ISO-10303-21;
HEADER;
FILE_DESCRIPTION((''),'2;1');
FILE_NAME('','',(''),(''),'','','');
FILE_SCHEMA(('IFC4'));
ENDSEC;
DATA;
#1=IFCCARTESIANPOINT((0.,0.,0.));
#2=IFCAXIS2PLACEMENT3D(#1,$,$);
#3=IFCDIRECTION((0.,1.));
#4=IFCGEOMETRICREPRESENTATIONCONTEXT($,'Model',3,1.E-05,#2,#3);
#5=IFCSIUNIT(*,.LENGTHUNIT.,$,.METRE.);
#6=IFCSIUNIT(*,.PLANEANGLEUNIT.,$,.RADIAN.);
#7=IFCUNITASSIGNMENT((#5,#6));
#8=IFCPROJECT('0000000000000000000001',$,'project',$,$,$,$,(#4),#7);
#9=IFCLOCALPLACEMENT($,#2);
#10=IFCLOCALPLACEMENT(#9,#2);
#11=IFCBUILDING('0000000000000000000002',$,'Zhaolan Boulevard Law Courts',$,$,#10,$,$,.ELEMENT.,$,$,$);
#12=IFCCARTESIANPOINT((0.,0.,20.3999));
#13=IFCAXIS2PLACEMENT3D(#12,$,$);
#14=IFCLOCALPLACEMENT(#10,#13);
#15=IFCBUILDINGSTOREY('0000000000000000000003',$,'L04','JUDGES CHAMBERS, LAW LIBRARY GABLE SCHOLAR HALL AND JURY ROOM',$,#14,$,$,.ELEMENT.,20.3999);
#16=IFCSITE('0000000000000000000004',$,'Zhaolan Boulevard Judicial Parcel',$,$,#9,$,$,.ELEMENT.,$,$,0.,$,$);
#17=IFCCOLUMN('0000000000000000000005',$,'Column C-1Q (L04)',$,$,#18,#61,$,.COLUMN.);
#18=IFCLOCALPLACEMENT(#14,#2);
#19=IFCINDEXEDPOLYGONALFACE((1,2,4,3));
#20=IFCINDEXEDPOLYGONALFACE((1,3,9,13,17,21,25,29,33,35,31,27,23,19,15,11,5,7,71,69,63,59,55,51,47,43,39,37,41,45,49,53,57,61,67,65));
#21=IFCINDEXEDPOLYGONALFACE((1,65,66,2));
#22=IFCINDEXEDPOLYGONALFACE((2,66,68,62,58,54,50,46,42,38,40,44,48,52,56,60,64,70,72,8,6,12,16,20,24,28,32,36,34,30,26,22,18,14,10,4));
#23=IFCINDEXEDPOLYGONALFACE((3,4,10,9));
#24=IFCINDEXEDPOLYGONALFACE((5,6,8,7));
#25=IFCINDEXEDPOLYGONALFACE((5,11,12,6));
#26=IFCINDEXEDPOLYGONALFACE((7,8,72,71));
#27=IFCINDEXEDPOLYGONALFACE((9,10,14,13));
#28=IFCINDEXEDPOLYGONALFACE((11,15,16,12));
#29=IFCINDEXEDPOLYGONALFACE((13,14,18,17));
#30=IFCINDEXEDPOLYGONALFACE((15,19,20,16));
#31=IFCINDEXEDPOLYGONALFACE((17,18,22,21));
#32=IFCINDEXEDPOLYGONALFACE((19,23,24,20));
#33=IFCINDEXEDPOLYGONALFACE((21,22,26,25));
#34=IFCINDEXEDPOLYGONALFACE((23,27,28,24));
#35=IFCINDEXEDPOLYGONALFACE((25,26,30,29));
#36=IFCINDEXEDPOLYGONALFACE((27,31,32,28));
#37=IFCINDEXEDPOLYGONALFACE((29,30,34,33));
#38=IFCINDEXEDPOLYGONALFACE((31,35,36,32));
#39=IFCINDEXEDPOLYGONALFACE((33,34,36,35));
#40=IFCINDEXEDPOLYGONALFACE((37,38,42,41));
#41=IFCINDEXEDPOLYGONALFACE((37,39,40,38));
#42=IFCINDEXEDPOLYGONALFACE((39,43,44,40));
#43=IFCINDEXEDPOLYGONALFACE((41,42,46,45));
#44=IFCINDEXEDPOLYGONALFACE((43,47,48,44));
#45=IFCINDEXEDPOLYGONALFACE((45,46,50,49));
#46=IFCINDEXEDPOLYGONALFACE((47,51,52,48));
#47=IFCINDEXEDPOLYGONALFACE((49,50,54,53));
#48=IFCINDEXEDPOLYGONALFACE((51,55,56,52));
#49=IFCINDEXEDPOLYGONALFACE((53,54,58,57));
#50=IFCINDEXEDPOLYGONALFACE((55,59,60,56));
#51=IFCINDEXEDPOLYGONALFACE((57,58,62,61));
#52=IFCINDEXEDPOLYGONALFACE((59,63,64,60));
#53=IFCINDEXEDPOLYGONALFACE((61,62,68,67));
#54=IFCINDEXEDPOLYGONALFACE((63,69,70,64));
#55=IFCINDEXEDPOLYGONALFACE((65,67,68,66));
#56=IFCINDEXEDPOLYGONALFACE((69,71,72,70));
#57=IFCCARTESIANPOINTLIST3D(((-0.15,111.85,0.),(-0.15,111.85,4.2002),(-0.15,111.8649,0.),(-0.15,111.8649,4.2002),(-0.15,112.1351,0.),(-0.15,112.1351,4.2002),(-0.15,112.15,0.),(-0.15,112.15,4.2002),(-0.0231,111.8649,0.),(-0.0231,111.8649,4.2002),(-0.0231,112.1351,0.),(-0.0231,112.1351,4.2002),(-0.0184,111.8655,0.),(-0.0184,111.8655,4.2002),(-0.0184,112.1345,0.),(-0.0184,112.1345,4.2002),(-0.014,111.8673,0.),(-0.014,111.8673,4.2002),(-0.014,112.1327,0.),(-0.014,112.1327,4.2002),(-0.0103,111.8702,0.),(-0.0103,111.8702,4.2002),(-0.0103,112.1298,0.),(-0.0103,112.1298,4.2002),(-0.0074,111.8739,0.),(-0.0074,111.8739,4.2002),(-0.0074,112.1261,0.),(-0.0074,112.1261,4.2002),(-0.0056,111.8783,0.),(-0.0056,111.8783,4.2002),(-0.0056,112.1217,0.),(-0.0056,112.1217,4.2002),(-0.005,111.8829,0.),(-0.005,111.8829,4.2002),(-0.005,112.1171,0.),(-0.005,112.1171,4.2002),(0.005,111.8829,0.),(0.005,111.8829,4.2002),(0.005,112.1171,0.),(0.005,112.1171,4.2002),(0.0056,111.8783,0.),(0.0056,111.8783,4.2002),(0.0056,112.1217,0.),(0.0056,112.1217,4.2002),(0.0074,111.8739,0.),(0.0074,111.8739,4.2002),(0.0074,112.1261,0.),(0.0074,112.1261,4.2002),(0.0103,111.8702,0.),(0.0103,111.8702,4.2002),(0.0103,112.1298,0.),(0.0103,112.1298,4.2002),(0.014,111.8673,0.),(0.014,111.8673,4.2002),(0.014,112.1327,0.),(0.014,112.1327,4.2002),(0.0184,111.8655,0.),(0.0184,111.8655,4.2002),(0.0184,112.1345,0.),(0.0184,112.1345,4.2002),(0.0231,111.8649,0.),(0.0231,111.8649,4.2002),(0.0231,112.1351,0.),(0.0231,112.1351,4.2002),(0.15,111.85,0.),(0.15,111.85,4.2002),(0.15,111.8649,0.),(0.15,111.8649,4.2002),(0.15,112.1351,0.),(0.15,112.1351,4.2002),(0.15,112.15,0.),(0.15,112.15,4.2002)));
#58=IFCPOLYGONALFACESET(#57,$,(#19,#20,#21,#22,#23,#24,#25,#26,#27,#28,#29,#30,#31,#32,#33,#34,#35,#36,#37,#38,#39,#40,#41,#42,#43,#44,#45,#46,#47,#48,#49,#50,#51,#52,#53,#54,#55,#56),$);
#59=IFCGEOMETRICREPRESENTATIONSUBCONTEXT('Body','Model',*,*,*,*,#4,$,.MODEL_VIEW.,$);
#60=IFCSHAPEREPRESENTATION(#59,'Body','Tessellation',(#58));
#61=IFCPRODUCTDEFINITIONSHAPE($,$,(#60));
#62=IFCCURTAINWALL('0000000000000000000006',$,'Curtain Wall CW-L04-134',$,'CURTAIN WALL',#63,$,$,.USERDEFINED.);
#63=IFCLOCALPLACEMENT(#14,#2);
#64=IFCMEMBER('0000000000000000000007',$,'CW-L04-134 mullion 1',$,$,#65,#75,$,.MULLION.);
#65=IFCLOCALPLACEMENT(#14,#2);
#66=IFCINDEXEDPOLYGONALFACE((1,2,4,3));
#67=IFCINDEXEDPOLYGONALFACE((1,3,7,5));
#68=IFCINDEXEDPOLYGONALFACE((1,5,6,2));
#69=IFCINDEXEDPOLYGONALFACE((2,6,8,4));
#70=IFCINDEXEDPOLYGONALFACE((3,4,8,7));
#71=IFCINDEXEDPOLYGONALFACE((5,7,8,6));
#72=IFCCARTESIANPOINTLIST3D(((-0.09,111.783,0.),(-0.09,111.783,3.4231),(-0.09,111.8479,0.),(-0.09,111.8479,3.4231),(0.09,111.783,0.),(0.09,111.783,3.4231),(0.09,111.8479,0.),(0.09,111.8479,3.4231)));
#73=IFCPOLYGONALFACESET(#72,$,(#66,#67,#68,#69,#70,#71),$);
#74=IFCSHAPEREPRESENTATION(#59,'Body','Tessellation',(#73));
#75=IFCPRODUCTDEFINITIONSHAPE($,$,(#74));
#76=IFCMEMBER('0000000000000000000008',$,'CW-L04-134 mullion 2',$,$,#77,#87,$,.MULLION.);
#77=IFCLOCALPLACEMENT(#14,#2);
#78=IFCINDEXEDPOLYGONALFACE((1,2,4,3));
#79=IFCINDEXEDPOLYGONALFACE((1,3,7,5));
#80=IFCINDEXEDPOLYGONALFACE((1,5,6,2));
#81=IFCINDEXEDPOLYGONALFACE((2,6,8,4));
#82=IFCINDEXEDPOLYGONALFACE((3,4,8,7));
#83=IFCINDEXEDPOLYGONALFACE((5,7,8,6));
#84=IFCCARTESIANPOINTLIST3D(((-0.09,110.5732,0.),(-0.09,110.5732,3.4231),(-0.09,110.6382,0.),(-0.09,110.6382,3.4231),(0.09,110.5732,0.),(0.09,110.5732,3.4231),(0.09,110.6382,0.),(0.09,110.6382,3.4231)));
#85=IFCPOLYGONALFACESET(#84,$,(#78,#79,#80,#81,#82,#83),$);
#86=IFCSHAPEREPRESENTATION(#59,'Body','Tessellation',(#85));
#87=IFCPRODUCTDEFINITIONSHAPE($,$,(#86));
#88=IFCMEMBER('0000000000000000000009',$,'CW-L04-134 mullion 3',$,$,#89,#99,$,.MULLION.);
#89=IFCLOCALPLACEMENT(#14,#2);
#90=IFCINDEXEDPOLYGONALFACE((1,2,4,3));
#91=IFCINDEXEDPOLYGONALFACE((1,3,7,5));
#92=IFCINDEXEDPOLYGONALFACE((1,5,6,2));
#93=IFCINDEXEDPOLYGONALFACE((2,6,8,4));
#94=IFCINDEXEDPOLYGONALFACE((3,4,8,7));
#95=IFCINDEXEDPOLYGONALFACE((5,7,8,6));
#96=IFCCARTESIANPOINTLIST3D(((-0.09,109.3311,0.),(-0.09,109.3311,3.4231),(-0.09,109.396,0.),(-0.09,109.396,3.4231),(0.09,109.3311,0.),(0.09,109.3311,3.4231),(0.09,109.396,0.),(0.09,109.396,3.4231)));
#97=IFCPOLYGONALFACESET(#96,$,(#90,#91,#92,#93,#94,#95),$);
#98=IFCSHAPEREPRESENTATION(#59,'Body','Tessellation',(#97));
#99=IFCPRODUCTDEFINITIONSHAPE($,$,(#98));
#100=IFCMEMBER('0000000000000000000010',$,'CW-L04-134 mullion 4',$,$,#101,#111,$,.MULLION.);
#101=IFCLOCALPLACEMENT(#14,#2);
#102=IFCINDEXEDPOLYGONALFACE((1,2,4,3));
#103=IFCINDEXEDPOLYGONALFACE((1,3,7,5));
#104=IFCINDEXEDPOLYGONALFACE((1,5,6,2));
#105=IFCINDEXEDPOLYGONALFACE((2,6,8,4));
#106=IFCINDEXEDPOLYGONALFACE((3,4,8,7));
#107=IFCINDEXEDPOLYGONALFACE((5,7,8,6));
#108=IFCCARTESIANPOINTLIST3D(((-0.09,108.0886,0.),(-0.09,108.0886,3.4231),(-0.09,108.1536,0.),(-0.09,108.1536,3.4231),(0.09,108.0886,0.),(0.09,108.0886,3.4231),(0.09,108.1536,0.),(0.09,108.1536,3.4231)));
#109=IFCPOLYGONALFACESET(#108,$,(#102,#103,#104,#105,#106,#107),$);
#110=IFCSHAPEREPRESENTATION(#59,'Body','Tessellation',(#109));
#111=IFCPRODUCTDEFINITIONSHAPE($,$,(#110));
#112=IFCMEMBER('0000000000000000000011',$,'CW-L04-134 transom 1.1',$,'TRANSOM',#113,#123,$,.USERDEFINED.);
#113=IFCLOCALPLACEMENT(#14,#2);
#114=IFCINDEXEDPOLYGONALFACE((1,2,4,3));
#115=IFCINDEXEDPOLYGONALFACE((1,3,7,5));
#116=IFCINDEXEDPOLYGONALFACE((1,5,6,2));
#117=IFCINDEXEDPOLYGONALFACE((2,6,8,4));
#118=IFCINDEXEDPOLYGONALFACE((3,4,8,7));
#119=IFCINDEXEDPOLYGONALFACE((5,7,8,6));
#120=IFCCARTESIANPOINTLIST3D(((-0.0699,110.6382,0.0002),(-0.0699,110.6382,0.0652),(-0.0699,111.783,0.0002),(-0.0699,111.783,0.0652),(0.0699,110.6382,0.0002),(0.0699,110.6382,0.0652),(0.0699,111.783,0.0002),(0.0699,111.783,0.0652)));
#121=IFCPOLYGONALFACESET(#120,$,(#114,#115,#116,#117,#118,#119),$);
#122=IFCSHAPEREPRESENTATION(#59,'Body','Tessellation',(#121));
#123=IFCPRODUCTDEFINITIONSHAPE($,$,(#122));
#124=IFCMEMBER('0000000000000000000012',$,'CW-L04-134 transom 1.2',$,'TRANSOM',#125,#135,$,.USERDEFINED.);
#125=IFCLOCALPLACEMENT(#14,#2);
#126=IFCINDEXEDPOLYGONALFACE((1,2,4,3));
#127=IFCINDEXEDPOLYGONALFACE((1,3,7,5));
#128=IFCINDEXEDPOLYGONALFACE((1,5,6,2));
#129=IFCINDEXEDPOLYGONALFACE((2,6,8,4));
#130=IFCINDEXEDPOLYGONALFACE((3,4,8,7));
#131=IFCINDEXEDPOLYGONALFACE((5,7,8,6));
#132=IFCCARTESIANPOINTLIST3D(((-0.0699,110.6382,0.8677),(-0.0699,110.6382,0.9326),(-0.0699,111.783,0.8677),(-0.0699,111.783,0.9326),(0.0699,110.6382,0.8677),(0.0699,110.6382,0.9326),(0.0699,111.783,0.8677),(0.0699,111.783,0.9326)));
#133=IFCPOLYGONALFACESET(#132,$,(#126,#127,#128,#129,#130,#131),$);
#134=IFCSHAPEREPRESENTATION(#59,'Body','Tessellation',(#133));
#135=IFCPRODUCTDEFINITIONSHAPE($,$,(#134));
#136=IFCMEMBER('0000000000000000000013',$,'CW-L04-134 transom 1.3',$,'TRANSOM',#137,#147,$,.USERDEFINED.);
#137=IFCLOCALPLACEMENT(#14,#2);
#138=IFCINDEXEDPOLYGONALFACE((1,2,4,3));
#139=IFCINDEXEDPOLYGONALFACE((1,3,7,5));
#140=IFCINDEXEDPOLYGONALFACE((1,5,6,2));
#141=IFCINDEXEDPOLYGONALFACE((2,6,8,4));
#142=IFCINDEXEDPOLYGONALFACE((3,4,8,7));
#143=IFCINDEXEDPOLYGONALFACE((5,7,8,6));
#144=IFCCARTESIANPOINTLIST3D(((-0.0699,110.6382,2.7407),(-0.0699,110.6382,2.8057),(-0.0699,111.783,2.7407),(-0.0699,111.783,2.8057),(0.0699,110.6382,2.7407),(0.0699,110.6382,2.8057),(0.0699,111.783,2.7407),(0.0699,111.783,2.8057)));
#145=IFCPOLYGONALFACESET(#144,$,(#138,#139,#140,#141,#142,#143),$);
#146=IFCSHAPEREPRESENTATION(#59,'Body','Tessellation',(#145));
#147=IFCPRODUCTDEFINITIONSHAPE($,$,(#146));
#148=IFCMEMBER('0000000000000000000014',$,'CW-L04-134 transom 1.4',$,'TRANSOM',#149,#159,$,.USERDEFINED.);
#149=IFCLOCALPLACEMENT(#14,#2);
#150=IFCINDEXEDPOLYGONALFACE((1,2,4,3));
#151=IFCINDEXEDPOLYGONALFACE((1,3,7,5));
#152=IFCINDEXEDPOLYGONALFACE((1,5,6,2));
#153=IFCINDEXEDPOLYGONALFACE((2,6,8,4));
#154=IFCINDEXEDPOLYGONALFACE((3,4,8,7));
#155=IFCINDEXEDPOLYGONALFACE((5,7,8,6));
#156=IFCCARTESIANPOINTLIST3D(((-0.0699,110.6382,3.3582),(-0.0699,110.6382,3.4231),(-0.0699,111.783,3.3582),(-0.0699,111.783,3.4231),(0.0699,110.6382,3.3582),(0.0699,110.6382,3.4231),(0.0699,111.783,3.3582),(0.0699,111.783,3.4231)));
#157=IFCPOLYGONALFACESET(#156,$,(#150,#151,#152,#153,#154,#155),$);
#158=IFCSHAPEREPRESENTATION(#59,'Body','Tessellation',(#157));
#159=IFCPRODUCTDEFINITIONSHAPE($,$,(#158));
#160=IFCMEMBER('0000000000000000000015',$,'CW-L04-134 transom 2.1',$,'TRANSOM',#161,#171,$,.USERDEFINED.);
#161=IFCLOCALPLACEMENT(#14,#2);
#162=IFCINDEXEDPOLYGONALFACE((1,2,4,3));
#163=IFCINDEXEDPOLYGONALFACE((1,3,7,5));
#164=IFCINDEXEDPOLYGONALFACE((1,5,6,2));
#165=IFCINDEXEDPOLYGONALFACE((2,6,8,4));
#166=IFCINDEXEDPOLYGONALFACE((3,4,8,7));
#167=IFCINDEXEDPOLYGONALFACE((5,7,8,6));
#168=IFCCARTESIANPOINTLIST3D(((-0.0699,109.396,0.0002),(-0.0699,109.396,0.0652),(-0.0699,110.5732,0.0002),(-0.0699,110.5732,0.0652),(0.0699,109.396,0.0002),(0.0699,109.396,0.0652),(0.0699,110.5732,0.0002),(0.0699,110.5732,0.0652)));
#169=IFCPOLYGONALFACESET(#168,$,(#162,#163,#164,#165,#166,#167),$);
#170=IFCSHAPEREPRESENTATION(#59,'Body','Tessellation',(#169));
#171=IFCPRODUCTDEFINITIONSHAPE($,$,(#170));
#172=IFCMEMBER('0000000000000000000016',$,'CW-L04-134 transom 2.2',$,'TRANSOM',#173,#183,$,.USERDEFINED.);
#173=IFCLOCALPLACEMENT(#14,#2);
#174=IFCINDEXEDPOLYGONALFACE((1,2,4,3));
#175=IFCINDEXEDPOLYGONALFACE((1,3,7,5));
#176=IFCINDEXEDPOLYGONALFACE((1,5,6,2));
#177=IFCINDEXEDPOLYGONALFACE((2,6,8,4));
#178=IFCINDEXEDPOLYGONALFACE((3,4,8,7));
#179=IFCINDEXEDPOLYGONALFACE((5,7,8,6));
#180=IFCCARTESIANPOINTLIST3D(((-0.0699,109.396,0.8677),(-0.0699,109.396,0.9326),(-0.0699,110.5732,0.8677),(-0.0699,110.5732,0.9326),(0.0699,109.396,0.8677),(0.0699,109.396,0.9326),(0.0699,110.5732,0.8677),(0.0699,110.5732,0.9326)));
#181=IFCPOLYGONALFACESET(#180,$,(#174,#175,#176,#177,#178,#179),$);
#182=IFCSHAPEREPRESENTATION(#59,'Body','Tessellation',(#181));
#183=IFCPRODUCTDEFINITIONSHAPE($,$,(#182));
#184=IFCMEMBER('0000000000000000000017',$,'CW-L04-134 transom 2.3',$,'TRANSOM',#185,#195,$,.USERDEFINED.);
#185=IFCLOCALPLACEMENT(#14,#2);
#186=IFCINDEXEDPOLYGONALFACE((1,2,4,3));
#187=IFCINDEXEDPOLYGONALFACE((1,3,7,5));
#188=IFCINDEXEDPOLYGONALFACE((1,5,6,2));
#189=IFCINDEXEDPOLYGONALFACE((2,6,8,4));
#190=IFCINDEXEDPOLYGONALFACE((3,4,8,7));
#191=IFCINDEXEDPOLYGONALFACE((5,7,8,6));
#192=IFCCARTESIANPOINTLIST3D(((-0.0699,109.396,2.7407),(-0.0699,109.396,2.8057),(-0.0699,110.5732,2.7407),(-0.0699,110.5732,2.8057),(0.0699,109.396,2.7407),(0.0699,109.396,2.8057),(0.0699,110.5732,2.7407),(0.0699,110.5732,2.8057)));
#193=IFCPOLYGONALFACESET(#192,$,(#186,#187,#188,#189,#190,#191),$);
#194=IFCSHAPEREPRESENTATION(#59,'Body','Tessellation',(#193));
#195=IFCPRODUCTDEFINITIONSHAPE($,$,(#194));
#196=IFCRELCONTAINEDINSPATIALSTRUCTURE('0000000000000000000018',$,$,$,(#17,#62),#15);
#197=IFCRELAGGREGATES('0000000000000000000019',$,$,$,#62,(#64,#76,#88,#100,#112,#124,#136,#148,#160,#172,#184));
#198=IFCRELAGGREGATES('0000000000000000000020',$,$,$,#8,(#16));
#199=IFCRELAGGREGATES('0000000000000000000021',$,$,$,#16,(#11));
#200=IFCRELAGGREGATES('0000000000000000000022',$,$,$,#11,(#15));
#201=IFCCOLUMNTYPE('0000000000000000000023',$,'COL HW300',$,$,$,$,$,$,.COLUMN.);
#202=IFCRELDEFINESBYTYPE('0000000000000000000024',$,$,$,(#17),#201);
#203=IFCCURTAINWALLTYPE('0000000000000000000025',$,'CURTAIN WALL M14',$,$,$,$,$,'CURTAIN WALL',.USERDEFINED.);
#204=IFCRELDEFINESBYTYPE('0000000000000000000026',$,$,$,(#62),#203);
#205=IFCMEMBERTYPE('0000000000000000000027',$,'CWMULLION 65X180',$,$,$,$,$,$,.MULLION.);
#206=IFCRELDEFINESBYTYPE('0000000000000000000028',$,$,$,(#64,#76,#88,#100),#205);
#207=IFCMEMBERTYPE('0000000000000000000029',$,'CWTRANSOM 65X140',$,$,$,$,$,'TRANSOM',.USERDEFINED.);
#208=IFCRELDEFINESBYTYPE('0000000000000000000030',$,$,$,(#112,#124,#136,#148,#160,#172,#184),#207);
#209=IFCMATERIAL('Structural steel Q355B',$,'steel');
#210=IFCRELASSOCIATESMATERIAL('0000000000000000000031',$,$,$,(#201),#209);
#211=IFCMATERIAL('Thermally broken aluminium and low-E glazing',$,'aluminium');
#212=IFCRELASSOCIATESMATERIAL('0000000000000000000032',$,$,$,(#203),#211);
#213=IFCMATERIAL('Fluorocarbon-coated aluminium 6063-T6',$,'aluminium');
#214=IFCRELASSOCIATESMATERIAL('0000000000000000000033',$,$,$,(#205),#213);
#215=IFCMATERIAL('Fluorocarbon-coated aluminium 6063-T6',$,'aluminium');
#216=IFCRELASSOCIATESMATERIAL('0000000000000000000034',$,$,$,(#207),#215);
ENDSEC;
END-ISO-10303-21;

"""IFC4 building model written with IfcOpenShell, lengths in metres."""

from ifc_helpers import new_model, si_unit, direction, frame, origin, origin_2d, place, context, subcontext, project, spatial, rectangle, i_section, extrude, material, material_profile, profile_set, type_object, element, aggregate, save


model = new_model("IFC4")

# Units and contexts
model_context = context("Model", 3, precision=1e-05, world=origin(), true_north=direction((0.0, 1.0)))
body_context = subcontext(model_context, "Body", "Model", "MODEL_VIEW")
ifc_project = project(units=[si_unit("LENGTHUNIT", "METRE"), si_unit("PLANEANGLEUNIT", "RADIAN")], contexts=[model_context])

# Site, building, storey
site_placement = place(None, origin())
site = spatial("IfcSite", under=ifc_project, at=site_placement, Name="Zhaolan Boulevard Judicial Parcel", CompositionType="ELEMENT", RefElevation=0.0)
building_placement = place(site_placement, origin())
building = spatial("IfcBuilding", under=site, at=building_placement, Name="Zhaolan Boulevard Law Courts", CompositionType="ELEMENT")
storey_placement = place(building_placement, frame((0.0, 0.0, 20.3999)))
storey = spatial("IfcBuildingStorey", under=building, at=storey_placement, Name="L04", Description="JUDGES CHAMBERS, LAW LIBRARY GABLE SCHOLAR HALL AND JURY ROOM", CompositionType="ELEMENT", Elevation=20.3999)

# Column
ifc_material_1 = material(Name="Structural steel Q355B", Category="steel")
ifc_material_profile_1 = material_profile(ifc_material_1, i_section(OverallWidth=0.3, OverallDepth=0.3, WebThickness=0.01, FlangeThickness=0.0149, FilletRadius=0.0181, at=origin_2d()), Name="HW300x300")
ifc_profile_set_1 = profile_set([ifc_material_profile_1], Name="Structural steel Q355B")
column_type = type_object("IfcColumnType", Name="COL HW300", PredefinedType="COLUMN", material=ifc_profile_set_1)
column_placement = place(storey_placement, frame((0.0, 112.0, 0.0), z_axis=(0.0, 0.0, 1.0), x_axis=(1.0, 0.0, 0.0)))
element("IfcColumn", 1, at=column_placement, inside=storey, type_object=column_type, Name="Column C-1Q (L04)", PredefinedType="COLUMN", context=body_context, shape_type="SweptSolid", body=[
    extrude(i_section(OverallWidth=0.3, OverallDepth=0.3, WebThickness=0.01, FlangeThickness=0.0149, FilletRadius=0.0181, at=origin_2d()), origin(), (0.0, 0.0, 1.0), 4.2002),
])

# Curtain wall, members
ifc_material_2 = material(Name="Thermally broken aluminium and low-E glazing", Category="aluminium")
curtain_wall_type = type_object("IfcCurtainWallType", Name="CURTAIN WALL M14", ElementType="CURTAIN WALL", PredefinedType="USERDEFINED", material=ifc_material_2)
curtain_wall_placement = place(storey_placement, origin())
curtain_wall = element("IfcCurtainWall", 2, at=curtain_wall_placement, inside=storey, type_object=curtain_wall_type, Name="Curtain Wall CW-L04-134", ObjectType="CURTAIN WALL", PredefinedType="USERDEFINED")
ifc_material_3 = material(Name="Fluorocarbon-coated aluminium 6063-T6", Category="aluminium")
ifc_material_profile_2 = material_profile(ifc_material_3, rectangle(XDim=0.1799, YDim=0.0649, at=origin_2d()), Name="AL65x180")
ifc_profile_set_2 = profile_set([ifc_material_profile_2], Name="Fluorocarbon-coated aluminium 6063-T6")
member_type_1 = type_object("IfcMemberType", Name="CWMULLION 65X180", PredefinedType="MULLION", material=ifc_profile_set_2)
member_1_placement = place(storey_placement, frame((0.0, 111.8154, 0.0), z_axis=(0.0, 0.0, 1.0), x_axis=(1.0, 0.0, 0.0)))
member_1 = element("IfcMember", 3, at=member_1_placement, type_object=member_type_1, Name="CW-L04-134 mullion 1", PredefinedType="MULLION", context=body_context, shape_type="SweptSolid", body=[
    extrude(rectangle(XDim=0.1799, YDim=0.0649, at=origin_2d()), origin(), (0.0, 0.0, 1.0), 3.4231),
])
member_2_placement = place(storey_placement, frame((0.0, 110.6057, 0.0), z_axis=(0.0, 0.0, 1.0), x_axis=(1.0, 0.0, 0.0)))
member_2 = element("IfcMember", 4, at=member_2_placement, type_object=member_type_1, Name="CW-L04-134 mullion 2", PredefinedType="MULLION", context=body_context, shape_type="SweptSolid", body=[
    extrude(rectangle(XDim=0.1799, YDim=0.0649, at=origin_2d()), origin(), (0.0, 0.0, 1.0), 3.4231),
])
member_3_placement = place(storey_placement, frame((0.0, 109.3635, 0.0), z_axis=(0.0, 0.0, 1.0), x_axis=(1.0, 0.0, 0.0)))
member_3 = element("IfcMember", 5, at=member_3_placement, type_object=member_type_1, Name="CW-L04-134 mullion 3", PredefinedType="MULLION", context=body_context, shape_type="SweptSolid", body=[
    extrude(rectangle(XDim=0.1799, YDim=0.0649, at=origin_2d()), origin(), (0.0, 0.0, 1.0), 3.4231),
])
member_4_placement = place(storey_placement, frame((0.0, 108.1211, 0.0), z_axis=(0.0, 0.0, 1.0), x_axis=(1.0, 0.0, 0.0)))
member_4 = element("IfcMember", 6, at=member_4_placement, type_object=member_type_1, Name="CW-L04-134 mullion 4", PredefinedType="MULLION", context=body_context, shape_type="SweptSolid", body=[
    extrude(rectangle(XDim=0.1799, YDim=0.0649, at=origin_2d()), origin(), (0.0, 0.0, 1.0), 3.4231),
])
ifc_material_4 = material(Name="Fluorocarbon-coated aluminium 6063-T6", Category="aluminium")
ifc_material_profile_3 = material_profile(ifc_material_4, rectangle(XDim=0.1399, YDim=0.0649, at=origin_2d()), Name="AL65x140")
ifc_profile_set_3 = profile_set([ifc_material_profile_3], Name="Fluorocarbon-coated aluminium 6063-T6")
member_type_2 = type_object("IfcMemberType", Name="CWTRANSOM 65X140", ElementType="TRANSOM", PredefinedType="USERDEFINED", material=ifc_profile_set_3)
member_5_placement = place(storey_placement, frame((0.0, 111.783, 0.0327), z_axis=(0.0, -1.0, 0.0), x_axis=(1.0, 0.0, 0.0)))
member_5 = element("IfcMember", 7, at=member_5_placement, type_object=member_type_2, Name="CW-L04-134 transom 1.1", ObjectType="TRANSOM", PredefinedType="USERDEFINED", context=body_context, shape_type="SweptSolid", body=[
    extrude(rectangle(XDim=0.1399, YDim=0.0649, at=origin_2d()), origin(), (0.0, 0.0, 1.0), 1.1448),
])
member_6_placement = place(storey_placement, frame((0.0, 111.783, 0.9001), z_axis=(0.0, -1.0, 0.0), x_axis=(1.0, 0.0, 0.0)))
member_6 = element("IfcMember", 8, at=member_6_placement, type_object=member_type_2, Name="CW-L04-134 transom 1.2", ObjectType="TRANSOM", PredefinedType="USERDEFINED", context=body_context, shape_type="SweptSolid", body=[
    extrude(rectangle(XDim=0.1399, YDim=0.0649, at=origin_2d()), origin(), (0.0, 0.0, 1.0), 1.1448),
])
member_7_placement = place(storey_placement, frame((0.0, 111.783, 2.7732), z_axis=(0.0, -1.0, 0.0), x_axis=(1.0, 0.0, 0.0)))
member_7 = element("IfcMember", 9, at=member_7_placement, type_object=member_type_2, Name="CW-L04-134 transom 1.3", ObjectType="TRANSOM", PredefinedType="USERDEFINED", context=body_context, shape_type="SweptSolid", body=[
    extrude(rectangle(XDim=0.1399, YDim=0.0649, at=origin_2d()), origin(), (0.0, 0.0, 1.0), 1.1448),
])
member_8_placement = place(storey_placement, frame((0.0, 111.783, 3.3906), z_axis=(0.0, -1.0, 0.0), x_axis=(1.0, 0.0, 0.0)))
member_8 = element("IfcMember", 10, at=member_8_placement, type_object=member_type_2, Name="CW-L04-134 transom 1.4", ObjectType="TRANSOM", PredefinedType="USERDEFINED", context=body_context, shape_type="SweptSolid", body=[
    extrude(rectangle(XDim=0.1399, YDim=0.0649, at=origin_2d()), origin(), (0.0, 0.0, 1.0), 1.1448),
])
member_9_placement = place(storey_placement, frame((0.0, 110.5732, 0.0327), z_axis=(0.0, -1.0, 0.0), x_axis=(1.0, 0.0, 0.0)))
member_9 = element("IfcMember", 11, at=member_9_placement, type_object=member_type_2, Name="CW-L04-134 transom 2.1", ObjectType="TRANSOM", PredefinedType="USERDEFINED", context=body_context, shape_type="SweptSolid", body=[
    extrude(rectangle(XDim=0.1399, YDim=0.0649, at=origin_2d()), origin(), (0.0, 0.0, 1.0), 1.1772),
])
member_10_placement = place(storey_placement, frame((0.0, 110.5732, 0.9001), z_axis=(0.0, -1.0, 0.0), x_axis=(1.0, 0.0, 0.0)))
member_10 = element("IfcMember", 12, at=member_10_placement, type_object=member_type_2, Name="CW-L04-134 transom 2.2", ObjectType="TRANSOM", PredefinedType="USERDEFINED", context=body_context, shape_type="SweptSolid", body=[
    extrude(rectangle(XDim=0.1399, YDim=0.0649, at=origin_2d()), origin(), (0.0, 0.0, 1.0), 1.1772),
])
member_11_placement = place(storey_placement, frame((0.0, 110.5732, 2.7732), z_axis=(0.0, -1.0, 0.0), x_axis=(1.0, 0.0, 0.0)))
member_11 = element("IfcMember", 13, at=member_11_placement, type_object=member_type_2, Name="CW-L04-134 transom 2.3", ObjectType="TRANSOM", PredefinedType="USERDEFINED", context=body_context, shape_type="SweptSolid", body=[
    extrude(rectangle(XDim=0.1399, YDim=0.0649, at=origin_2d()), origin(), (0.0, 0.0, 1.0), 1.1772),
])

aggregate(curtain_wall, [member_1, member_2, member_3, member_4, member_5, member_6, member_7, member_8, member_9, member_10, member_11])

save(model, "model.ifc")
